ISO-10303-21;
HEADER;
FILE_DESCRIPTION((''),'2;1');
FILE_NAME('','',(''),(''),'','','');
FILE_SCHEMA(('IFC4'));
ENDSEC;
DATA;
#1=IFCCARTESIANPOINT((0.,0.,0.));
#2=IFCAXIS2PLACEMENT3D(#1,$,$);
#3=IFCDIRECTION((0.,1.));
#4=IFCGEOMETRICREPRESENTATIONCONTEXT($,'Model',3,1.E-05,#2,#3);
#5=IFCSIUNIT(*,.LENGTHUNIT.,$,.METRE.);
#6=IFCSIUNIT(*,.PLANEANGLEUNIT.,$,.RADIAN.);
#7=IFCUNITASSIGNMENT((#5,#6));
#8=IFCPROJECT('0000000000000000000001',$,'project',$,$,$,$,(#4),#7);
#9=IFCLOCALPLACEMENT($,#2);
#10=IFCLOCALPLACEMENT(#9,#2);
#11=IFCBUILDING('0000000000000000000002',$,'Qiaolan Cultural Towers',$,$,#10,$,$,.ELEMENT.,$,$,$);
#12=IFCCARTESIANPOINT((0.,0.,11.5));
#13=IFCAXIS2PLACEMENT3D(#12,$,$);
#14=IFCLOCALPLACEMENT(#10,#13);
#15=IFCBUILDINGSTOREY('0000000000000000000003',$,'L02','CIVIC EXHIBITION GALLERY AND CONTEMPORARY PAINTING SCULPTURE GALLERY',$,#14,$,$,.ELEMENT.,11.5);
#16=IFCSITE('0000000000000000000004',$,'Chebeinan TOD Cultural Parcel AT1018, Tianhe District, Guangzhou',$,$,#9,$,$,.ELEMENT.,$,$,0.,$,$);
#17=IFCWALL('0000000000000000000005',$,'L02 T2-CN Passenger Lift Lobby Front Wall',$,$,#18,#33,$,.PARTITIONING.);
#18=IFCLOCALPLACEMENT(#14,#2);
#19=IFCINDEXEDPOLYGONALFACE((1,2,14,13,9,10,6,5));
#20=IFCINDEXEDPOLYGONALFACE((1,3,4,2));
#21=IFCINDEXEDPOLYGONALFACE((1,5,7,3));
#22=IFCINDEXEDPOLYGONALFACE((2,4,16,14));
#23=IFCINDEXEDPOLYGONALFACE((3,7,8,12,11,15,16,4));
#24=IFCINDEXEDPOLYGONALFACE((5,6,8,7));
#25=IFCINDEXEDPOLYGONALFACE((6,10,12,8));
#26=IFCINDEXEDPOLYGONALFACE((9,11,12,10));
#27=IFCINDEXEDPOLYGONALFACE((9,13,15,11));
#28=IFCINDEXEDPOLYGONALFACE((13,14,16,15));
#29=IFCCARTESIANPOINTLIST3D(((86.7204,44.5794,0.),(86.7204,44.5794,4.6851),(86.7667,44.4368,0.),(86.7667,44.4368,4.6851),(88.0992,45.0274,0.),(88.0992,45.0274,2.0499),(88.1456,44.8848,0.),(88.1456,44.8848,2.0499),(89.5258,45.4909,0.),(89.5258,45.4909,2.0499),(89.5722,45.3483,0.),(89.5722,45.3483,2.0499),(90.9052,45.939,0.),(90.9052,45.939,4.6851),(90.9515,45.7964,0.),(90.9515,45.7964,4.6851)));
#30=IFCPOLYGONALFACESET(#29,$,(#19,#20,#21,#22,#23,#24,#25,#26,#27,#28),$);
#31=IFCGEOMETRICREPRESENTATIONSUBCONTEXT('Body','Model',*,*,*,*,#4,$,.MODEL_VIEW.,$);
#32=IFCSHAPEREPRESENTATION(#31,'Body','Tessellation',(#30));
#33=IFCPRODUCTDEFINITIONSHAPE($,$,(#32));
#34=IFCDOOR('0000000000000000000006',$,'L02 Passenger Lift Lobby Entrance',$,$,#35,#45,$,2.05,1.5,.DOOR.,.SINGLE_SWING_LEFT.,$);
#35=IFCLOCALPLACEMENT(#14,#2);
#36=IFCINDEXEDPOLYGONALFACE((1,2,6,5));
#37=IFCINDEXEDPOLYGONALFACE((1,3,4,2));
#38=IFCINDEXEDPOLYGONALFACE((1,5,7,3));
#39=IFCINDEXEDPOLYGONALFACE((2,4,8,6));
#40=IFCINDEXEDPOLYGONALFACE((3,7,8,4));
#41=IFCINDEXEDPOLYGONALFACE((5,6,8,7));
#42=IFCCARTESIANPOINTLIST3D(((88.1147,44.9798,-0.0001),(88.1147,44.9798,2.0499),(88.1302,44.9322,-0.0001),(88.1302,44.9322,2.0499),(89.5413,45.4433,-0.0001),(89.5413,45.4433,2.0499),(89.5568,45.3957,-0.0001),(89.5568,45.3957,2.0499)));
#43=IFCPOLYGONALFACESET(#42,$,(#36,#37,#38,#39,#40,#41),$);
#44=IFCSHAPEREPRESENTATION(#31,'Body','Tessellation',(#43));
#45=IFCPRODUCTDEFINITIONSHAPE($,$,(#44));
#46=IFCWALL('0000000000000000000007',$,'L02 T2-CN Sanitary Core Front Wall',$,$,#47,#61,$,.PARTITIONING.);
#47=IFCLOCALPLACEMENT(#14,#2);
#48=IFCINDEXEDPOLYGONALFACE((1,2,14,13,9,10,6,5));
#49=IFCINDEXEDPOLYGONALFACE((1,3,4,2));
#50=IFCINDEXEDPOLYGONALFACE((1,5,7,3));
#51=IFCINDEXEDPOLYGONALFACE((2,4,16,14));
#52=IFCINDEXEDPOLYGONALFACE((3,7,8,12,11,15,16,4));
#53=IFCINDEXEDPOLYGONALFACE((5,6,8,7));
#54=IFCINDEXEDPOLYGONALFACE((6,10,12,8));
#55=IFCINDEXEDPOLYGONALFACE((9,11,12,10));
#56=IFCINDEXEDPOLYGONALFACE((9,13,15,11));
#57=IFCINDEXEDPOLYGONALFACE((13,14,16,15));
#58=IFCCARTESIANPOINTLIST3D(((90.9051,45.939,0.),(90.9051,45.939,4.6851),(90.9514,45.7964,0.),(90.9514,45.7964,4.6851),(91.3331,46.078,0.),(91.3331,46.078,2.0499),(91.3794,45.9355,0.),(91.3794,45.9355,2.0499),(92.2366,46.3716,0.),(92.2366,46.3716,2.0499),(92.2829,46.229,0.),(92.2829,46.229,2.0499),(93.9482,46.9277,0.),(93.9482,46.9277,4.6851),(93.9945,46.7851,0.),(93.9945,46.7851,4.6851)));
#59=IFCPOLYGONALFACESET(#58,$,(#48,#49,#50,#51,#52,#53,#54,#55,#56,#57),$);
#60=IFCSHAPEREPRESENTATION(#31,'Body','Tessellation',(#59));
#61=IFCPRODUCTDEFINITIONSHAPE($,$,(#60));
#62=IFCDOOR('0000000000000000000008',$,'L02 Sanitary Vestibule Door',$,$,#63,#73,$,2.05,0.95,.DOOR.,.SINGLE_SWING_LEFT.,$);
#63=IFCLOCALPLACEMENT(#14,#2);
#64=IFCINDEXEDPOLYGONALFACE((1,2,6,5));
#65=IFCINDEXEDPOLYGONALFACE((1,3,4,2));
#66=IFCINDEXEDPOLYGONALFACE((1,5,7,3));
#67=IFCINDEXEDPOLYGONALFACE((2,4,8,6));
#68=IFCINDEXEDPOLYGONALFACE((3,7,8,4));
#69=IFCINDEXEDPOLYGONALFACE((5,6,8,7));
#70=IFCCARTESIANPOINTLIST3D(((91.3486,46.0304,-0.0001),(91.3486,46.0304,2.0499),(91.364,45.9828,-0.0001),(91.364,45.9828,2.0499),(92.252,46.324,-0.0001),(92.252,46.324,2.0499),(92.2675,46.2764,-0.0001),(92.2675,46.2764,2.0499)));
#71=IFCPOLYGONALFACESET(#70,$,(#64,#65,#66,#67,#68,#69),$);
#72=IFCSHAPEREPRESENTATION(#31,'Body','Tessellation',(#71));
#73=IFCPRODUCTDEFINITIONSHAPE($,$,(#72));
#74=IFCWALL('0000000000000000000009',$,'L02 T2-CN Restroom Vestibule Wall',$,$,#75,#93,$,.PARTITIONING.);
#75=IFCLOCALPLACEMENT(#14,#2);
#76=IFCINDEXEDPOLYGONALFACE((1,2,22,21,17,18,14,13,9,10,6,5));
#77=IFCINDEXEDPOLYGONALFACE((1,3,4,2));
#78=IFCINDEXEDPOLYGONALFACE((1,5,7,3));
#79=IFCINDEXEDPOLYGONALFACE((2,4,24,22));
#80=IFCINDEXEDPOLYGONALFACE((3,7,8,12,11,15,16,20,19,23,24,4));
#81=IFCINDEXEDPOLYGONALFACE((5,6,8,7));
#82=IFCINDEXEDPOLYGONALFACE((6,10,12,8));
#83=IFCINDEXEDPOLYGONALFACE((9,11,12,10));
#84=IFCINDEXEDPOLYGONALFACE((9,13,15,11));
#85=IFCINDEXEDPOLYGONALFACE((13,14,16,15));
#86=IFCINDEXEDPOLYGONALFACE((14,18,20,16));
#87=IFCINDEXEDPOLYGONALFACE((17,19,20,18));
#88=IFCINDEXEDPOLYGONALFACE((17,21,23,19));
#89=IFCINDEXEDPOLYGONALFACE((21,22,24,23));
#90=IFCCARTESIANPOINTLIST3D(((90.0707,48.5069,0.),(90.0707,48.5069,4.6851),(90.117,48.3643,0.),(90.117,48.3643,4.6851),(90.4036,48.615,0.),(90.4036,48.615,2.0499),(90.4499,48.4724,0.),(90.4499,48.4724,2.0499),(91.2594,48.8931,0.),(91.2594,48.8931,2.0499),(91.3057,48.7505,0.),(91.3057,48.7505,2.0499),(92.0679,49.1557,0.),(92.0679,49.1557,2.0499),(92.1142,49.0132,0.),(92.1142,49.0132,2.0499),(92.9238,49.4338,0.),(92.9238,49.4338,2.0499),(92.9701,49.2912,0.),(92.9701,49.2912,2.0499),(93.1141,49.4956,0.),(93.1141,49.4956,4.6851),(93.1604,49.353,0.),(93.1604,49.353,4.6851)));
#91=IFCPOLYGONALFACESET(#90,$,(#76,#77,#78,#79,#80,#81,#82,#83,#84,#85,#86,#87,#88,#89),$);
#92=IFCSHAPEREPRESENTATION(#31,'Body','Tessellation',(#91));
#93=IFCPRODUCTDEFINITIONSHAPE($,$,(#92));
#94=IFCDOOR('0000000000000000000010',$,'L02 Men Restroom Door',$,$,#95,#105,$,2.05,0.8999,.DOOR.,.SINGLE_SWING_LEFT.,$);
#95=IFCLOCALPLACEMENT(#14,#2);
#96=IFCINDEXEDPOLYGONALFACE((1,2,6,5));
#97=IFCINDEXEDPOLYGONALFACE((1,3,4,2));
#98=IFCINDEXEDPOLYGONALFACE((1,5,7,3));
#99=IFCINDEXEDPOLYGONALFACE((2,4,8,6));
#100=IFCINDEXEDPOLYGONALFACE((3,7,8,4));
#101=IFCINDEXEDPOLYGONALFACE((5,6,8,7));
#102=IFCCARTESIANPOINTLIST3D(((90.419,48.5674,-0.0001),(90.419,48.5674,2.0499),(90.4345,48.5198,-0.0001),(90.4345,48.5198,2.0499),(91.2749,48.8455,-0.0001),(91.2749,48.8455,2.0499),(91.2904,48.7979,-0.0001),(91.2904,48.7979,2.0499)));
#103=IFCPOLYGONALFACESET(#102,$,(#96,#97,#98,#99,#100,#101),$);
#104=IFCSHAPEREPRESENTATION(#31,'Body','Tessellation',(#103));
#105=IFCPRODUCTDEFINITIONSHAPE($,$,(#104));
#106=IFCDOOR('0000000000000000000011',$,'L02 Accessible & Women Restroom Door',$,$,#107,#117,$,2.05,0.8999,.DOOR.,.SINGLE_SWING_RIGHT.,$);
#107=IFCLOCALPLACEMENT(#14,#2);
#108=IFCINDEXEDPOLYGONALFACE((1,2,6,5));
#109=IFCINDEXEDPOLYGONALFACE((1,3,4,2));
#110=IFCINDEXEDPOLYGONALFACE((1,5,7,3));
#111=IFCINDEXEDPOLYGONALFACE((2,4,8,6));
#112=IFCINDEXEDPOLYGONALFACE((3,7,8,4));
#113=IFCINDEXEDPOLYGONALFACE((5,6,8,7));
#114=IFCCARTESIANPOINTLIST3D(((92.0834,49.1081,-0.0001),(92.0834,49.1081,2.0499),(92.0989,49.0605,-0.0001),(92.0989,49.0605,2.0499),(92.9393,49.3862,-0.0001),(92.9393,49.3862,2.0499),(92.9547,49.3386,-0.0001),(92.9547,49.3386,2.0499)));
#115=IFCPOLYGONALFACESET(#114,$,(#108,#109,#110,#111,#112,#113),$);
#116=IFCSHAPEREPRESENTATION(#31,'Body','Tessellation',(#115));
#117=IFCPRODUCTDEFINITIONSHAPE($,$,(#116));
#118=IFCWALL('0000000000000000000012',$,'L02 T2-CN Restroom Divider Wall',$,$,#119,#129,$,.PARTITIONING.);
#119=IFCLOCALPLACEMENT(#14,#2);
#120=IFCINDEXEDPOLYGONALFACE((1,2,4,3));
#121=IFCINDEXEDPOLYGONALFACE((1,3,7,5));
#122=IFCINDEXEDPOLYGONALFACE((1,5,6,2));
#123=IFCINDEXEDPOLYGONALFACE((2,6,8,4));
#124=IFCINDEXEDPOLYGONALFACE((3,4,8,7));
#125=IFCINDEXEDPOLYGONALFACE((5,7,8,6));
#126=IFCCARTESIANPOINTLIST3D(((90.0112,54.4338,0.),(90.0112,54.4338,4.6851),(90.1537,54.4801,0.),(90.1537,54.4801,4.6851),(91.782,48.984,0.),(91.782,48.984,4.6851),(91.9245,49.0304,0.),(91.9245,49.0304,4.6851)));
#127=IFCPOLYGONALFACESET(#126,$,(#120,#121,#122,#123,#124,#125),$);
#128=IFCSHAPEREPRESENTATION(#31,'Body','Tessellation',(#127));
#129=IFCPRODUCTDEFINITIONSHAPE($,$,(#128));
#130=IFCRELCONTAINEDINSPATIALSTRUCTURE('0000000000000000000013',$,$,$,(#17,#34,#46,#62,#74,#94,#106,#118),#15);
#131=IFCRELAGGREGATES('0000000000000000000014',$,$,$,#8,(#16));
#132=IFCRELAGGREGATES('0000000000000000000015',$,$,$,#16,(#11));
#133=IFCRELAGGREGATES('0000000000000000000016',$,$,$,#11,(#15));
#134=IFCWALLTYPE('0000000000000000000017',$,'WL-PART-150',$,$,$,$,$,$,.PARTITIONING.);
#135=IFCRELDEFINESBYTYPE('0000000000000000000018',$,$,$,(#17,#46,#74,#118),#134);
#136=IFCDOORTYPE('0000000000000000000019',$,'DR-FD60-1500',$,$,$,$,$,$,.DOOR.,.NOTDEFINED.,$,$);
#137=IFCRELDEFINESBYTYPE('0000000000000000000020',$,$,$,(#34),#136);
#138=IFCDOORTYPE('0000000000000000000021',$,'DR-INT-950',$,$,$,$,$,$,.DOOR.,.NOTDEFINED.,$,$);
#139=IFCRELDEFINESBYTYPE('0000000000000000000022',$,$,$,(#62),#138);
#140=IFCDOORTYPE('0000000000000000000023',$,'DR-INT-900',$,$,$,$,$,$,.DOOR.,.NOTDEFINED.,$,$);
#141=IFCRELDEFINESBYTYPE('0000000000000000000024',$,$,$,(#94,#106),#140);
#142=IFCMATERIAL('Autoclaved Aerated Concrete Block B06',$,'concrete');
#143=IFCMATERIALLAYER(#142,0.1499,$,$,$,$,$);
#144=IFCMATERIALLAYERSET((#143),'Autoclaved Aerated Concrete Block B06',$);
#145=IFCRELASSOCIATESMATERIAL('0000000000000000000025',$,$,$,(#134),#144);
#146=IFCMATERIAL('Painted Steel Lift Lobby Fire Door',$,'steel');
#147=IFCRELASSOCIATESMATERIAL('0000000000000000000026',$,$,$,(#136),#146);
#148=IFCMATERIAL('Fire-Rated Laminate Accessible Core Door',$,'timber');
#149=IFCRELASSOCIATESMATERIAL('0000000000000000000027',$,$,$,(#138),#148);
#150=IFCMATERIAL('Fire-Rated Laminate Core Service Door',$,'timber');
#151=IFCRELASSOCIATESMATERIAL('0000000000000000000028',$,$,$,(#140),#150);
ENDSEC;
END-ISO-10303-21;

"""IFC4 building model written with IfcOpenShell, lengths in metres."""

from ifc_helpers import new_model, si_unit, direction, frame, frame_2d, origin, place, context, subcontext, project, spatial, rectangle, extrude, material, layer, layer_set, type_object, element, fill, save


model = new_model("IFC4")

# Units and contexts
model_context = context("Model", 3, precision=1e-05, world=origin(), true_north=direction((0.0, 1.0)))
body_context = subcontext(model_context, "Body", "Model", "MODEL_VIEW")
ifc_project = project(units=[si_unit("LENGTHUNIT", "METRE"), si_unit("PLANEANGLEUNIT", "RADIAN")], contexts=[model_context])

# Site, building, storey
site_placement = place(None, origin())
site = spatial("IfcSite", under=ifc_project, at=site_placement, Name="Chebeinan TOD Cultural Parcel AT1018, Tianhe District, Guangzhou", CompositionType="ELEMENT", RefElevation=0.0)
building_placement = place(site_placement, origin())
building = spatial("IfcBuilding", under=site, at=building_placement, Name="Qiaolan Cultural Towers", CompositionType="ELEMENT")
storey_placement = place(building_placement, frame((0.0, 0.0, 11.5)))
storey = spatial("IfcBuildingStorey", under=building, at=storey_placement, Name="L02", Description="CIVIC EXHIBITION GALLERY AND CONTEMPORARY PAINTING SCULPTURE GALLERY", CompositionType="ELEMENT", Elevation=11.5)

# Walls, openings, doors
ifc_material_1 = material(Name="Autoclaved Aerated Concrete Block B06", Category="concrete")
ifc_layer_1 = layer(ifc_material_1, 0.1499)
ifc_layer_set_1 = layer_set([ifc_layer_1], Name="Autoclaved Aerated Concrete Block B06")
wall_type_1 = type_object("IfcWallType", Name="WL-PART-150", PredefinedType="PARTITIONING", material=ifc_layer_set_1)
wall_1_placement = place(storey_placement, frame((86.7434, 44.5081, 0.0), z_axis=(0.0, 0.0, 1.0), x_axis=(0.951064, 0.308994, 0.0)))
wall_1 = element("IfcWall", 1, at=wall_1_placement, inside=storey, type_object=wall_type_1, Name="L02 T2-CN Passenger Lift Lobby Front Wall", PredefinedType="PARTITIONING", context=body_context, shape_type="SweptSolid", body=[
    extrude(rectangle(XDim=4.4001, YDim=0.1499, at=frame_2d((2.2002, 0.0))), origin(), (0.0, 0.0, 1.0), 4.6851),
])
opening_1_placement = place(wall_1_placement, frame((1.45, 0.0, 0.0)))
opening_1 = element("IfcOpeningElement", 2, at=opening_1_placement, cuts=wall_1, PredefinedType="OPENING", context=body_context, shape_type="SweptSolid", body=[
    extrude(rectangle(XDim=1.5, YDim=2.05, at=frame_2d((0.75, 1.0249))), frame((0.0, 0.085, 0.0), z_axis=(0.0, -1.0, 0.0), x_axis=(1.0, 0.0, 0.0)), (0.0, 0.0, 1.0), 0.1699),
])
ifc_material_2 = material(Name="Painted Steel Lift Lobby Fire Door", Category="steel")
door_type_1 = type_object("IfcDoorType", Name="DR-FD60-1500", OperationType="NOTDEFINED", PredefinedType="DOOR", material=ifc_material_2)
door_1_placement = place(opening_1_placement, origin())
door_1 = element("IfcDoor", 3, at=door_1_placement, inside=storey, type_object=door_type_1, Name="L02 Passenger Lift Lobby Entrance", OperationType="SINGLE_SWING_LEFT", OverallHeight=2.05, OverallWidth=1.5, PredefinedType="DOOR", context=body_context, shape_type="SweptSolid", body=[
    extrude(rectangle(XDim=1.5, YDim=2.05, at=frame_2d((0.75, 1.0249))), frame((0.0, 0.0249, 0.0), z_axis=(0.0, -1.0, 0.0), x_axis=(1.0, 0.0, 0.0)), (0.0, 0.0, 1.0), 0.05),
])
fill(opening_1, door_1)
wall_2_placement = place(storey_placement, frame((90.9282, 45.8677, 0.0), z_axis=(0.0, 0.0, 1.0), x_axis=(0.951059, 0.309008, 0.0)))
wall_2 = element("IfcWall", 4, at=wall_2_placement, inside=storey, type_object=wall_type_1, Name="L02 T2-CN Sanitary Core Front Wall", PredefinedType="PARTITIONING", context=body_context, shape_type="SweptSolid", body=[
    extrude(rectangle(XDim=3.1997, YDim=0.1499, at=frame_2d((1.5999, 0.0))), origin(), (0.0, 0.0, 1.0), 4.6851),
])
opening_2_placement = place(wall_2_placement, frame((0.45, 0.0, 0.0)))
opening_2 = element("IfcOpeningElement", 5, at=opening_2_placement, cuts=wall_2, PredefinedType="OPENING", context=body_context, shape_type="SweptSolid", body=[
    extrude(rectangle(XDim=0.95, YDim=2.05, at=frame_2d((0.4751, 1.0249))), frame((0.0, 0.085, 0.0), z_axis=(0.0, -1.0, 0.0), x_axis=(1.0, 0.0, 0.0)), (0.0, 0.0, 1.0), 0.1699),
])
ifc_material_3 = material(Name="Fire-Rated Laminate Accessible Core Door", Category="timber")
door_type_2 = type_object("IfcDoorType", Name="DR-INT-950", OperationType="NOTDEFINED", PredefinedType="DOOR", material=ifc_material_3)
door_2_placement = place(opening_2_placement, origin())
door_2 = element("IfcDoor", 6, at=door_2_placement, inside=storey, type_object=door_type_2, Name="L02 Sanitary Vestibule Door", OperationType="SINGLE_SWING_LEFT", OverallHeight=2.05, OverallWidth=0.95, PredefinedType="DOOR", context=body_context, shape_type="SweptSolid", body=[
    extrude(rectangle(XDim=0.95, YDim=2.05, at=frame_2d((0.4751, 1.0249))), frame((0.0, 0.0249, 0.0), z_axis=(0.0, -1.0, 0.0), x_axis=(1.0, 0.0, 0.0)), (0.0, 0.0, 1.0), 0.05),
])
fill(opening_2, door_2)

# Wall, openings, doors
wall_3_placement = place(storey_placement, frame((90.0938, 48.4355, 0.0), z_axis=(0.0, 0.0, 1.0), x_axis=(0.951067, 0.308986, 0.0)))
wall_3 = element("IfcWall", 7, at=wall_3_placement, inside=storey, type_object=wall_type_1, Name="L02 T2-CN Restroom Vestibule Wall", PredefinedType="PARTITIONING", context=body_context, shape_type="SweptSolid", body=[
    extrude(rectangle(XDim=3.2, YDim=0.1499, at=frame_2d((1.6001, 0.0))), origin(), (0.0, 0.0, 1.0), 4.6851),
])
opening_3_placement = place(wall_3_placement, frame((0.3501, 0.0, 0.0)))
opening_3 = element("IfcOpeningElement", 8, at=opening_3_placement, cuts=wall_3, PredefinedType="OPENING", context=body_context, shape_type="SweptSolid", body=[
    extrude(rectangle(XDim=0.8999, YDim=2.05, at=frame_2d((0.45, 1.0249))), frame((0.0, 0.085, 0.0), z_axis=(0.0, -1.0, 0.0), x_axis=(1.0, 0.0, 0.0)), (0.0, 0.0, 1.0), 0.1699),
])
opening_4_placement = place(wall_3_placement, frame((2.1001, 0.0, 0.0)))
opening_4 = element("IfcOpeningElement", 9, at=opening_4_placement, cuts=wall_3, PredefinedType="OPENING", context=body_context, shape_type="SweptSolid", body=[
    extrude(rectangle(XDim=0.8999, YDim=2.05, at=frame_2d((0.45, 1.0249))), frame((0.0, 0.085, 0.0), z_axis=(0.0, -1.0, 0.0), x_axis=(1.0, 0.0, 0.0)), (0.0, 0.0, 1.0), 0.1699),
])
ifc_material_4 = material(Name="Fire-Rated Laminate Core Service Door", Category="timber")
door_type_3 = type_object("IfcDoorType", Name="DR-INT-900", OperationType="NOTDEFINED", PredefinedType="DOOR", material=ifc_material_4)
door_3_placement = place(opening_3_placement, origin())
door_3 = element("IfcDoor", 10, at=door_3_placement, inside=storey, type_object=door_type_3, Name="L02 Men Restroom Door", OperationType="SINGLE_SWING_LEFT", OverallHeight=2.05, OverallWidth=0.8999, PredefinedType="DOOR", context=body_context, shape_type="SweptSolid", body=[
    extrude(rectangle(XDim=0.8999, YDim=2.05, at=frame_2d((0.45, 1.0249))), frame((0.0, 0.0249, 0.0), z_axis=(0.0, -1.0, 0.0), x_axis=(1.0, 0.0, 0.0)), (0.0, 0.0, 1.0), 0.05),
])
fill(opening_3, door_3)
door_4_placement = place(opening_4_placement, origin())
door_4 = element("IfcDoor", 11, at=door_4_placement, inside=storey, type_object=door_type_3, Name="L02 Accessible & Women Restroom Door", OperationType="SINGLE_SWING_RIGHT", OverallHeight=2.05, OverallWidth=0.8999, PredefinedType="DOOR", context=body_context, shape_type="SweptSolid", body=[
    extrude(rectangle(XDim=0.8999, YDim=2.05, at=frame_2d((0.45, 1.0249))), frame((0.0, 0.0249, 0.0), z_axis=(0.0, -1.0, 0.0), x_axis=(1.0, 0.0, 0.0)), (0.0, 0.0, 1.0), 0.05),
])
fill(opening_4, door_4)

# Wall
wall_4_placement = place(storey_placement, frame((91.8533, 49.0071, 0.0), z_axis=(0.0, 0.0, 1.0), x_axis=(-0.309022, 0.951055, 0.0)))
element("IfcWall", 12, at=wall_4_placement, inside=storey, type_object=wall_type_1, Name="L02 T2-CN Restroom Divider Wall", PredefinedType="PARTITIONING", context=body_context, shape_type="SweptSolid", body=[
    extrude(rectangle(XDim=5.7302, YDim=0.1499, at=frame_2d((2.8652, 0.0))), origin(), (0.0, 0.0, 1.0), 4.6851),
])

save(model, "model.ifc")
